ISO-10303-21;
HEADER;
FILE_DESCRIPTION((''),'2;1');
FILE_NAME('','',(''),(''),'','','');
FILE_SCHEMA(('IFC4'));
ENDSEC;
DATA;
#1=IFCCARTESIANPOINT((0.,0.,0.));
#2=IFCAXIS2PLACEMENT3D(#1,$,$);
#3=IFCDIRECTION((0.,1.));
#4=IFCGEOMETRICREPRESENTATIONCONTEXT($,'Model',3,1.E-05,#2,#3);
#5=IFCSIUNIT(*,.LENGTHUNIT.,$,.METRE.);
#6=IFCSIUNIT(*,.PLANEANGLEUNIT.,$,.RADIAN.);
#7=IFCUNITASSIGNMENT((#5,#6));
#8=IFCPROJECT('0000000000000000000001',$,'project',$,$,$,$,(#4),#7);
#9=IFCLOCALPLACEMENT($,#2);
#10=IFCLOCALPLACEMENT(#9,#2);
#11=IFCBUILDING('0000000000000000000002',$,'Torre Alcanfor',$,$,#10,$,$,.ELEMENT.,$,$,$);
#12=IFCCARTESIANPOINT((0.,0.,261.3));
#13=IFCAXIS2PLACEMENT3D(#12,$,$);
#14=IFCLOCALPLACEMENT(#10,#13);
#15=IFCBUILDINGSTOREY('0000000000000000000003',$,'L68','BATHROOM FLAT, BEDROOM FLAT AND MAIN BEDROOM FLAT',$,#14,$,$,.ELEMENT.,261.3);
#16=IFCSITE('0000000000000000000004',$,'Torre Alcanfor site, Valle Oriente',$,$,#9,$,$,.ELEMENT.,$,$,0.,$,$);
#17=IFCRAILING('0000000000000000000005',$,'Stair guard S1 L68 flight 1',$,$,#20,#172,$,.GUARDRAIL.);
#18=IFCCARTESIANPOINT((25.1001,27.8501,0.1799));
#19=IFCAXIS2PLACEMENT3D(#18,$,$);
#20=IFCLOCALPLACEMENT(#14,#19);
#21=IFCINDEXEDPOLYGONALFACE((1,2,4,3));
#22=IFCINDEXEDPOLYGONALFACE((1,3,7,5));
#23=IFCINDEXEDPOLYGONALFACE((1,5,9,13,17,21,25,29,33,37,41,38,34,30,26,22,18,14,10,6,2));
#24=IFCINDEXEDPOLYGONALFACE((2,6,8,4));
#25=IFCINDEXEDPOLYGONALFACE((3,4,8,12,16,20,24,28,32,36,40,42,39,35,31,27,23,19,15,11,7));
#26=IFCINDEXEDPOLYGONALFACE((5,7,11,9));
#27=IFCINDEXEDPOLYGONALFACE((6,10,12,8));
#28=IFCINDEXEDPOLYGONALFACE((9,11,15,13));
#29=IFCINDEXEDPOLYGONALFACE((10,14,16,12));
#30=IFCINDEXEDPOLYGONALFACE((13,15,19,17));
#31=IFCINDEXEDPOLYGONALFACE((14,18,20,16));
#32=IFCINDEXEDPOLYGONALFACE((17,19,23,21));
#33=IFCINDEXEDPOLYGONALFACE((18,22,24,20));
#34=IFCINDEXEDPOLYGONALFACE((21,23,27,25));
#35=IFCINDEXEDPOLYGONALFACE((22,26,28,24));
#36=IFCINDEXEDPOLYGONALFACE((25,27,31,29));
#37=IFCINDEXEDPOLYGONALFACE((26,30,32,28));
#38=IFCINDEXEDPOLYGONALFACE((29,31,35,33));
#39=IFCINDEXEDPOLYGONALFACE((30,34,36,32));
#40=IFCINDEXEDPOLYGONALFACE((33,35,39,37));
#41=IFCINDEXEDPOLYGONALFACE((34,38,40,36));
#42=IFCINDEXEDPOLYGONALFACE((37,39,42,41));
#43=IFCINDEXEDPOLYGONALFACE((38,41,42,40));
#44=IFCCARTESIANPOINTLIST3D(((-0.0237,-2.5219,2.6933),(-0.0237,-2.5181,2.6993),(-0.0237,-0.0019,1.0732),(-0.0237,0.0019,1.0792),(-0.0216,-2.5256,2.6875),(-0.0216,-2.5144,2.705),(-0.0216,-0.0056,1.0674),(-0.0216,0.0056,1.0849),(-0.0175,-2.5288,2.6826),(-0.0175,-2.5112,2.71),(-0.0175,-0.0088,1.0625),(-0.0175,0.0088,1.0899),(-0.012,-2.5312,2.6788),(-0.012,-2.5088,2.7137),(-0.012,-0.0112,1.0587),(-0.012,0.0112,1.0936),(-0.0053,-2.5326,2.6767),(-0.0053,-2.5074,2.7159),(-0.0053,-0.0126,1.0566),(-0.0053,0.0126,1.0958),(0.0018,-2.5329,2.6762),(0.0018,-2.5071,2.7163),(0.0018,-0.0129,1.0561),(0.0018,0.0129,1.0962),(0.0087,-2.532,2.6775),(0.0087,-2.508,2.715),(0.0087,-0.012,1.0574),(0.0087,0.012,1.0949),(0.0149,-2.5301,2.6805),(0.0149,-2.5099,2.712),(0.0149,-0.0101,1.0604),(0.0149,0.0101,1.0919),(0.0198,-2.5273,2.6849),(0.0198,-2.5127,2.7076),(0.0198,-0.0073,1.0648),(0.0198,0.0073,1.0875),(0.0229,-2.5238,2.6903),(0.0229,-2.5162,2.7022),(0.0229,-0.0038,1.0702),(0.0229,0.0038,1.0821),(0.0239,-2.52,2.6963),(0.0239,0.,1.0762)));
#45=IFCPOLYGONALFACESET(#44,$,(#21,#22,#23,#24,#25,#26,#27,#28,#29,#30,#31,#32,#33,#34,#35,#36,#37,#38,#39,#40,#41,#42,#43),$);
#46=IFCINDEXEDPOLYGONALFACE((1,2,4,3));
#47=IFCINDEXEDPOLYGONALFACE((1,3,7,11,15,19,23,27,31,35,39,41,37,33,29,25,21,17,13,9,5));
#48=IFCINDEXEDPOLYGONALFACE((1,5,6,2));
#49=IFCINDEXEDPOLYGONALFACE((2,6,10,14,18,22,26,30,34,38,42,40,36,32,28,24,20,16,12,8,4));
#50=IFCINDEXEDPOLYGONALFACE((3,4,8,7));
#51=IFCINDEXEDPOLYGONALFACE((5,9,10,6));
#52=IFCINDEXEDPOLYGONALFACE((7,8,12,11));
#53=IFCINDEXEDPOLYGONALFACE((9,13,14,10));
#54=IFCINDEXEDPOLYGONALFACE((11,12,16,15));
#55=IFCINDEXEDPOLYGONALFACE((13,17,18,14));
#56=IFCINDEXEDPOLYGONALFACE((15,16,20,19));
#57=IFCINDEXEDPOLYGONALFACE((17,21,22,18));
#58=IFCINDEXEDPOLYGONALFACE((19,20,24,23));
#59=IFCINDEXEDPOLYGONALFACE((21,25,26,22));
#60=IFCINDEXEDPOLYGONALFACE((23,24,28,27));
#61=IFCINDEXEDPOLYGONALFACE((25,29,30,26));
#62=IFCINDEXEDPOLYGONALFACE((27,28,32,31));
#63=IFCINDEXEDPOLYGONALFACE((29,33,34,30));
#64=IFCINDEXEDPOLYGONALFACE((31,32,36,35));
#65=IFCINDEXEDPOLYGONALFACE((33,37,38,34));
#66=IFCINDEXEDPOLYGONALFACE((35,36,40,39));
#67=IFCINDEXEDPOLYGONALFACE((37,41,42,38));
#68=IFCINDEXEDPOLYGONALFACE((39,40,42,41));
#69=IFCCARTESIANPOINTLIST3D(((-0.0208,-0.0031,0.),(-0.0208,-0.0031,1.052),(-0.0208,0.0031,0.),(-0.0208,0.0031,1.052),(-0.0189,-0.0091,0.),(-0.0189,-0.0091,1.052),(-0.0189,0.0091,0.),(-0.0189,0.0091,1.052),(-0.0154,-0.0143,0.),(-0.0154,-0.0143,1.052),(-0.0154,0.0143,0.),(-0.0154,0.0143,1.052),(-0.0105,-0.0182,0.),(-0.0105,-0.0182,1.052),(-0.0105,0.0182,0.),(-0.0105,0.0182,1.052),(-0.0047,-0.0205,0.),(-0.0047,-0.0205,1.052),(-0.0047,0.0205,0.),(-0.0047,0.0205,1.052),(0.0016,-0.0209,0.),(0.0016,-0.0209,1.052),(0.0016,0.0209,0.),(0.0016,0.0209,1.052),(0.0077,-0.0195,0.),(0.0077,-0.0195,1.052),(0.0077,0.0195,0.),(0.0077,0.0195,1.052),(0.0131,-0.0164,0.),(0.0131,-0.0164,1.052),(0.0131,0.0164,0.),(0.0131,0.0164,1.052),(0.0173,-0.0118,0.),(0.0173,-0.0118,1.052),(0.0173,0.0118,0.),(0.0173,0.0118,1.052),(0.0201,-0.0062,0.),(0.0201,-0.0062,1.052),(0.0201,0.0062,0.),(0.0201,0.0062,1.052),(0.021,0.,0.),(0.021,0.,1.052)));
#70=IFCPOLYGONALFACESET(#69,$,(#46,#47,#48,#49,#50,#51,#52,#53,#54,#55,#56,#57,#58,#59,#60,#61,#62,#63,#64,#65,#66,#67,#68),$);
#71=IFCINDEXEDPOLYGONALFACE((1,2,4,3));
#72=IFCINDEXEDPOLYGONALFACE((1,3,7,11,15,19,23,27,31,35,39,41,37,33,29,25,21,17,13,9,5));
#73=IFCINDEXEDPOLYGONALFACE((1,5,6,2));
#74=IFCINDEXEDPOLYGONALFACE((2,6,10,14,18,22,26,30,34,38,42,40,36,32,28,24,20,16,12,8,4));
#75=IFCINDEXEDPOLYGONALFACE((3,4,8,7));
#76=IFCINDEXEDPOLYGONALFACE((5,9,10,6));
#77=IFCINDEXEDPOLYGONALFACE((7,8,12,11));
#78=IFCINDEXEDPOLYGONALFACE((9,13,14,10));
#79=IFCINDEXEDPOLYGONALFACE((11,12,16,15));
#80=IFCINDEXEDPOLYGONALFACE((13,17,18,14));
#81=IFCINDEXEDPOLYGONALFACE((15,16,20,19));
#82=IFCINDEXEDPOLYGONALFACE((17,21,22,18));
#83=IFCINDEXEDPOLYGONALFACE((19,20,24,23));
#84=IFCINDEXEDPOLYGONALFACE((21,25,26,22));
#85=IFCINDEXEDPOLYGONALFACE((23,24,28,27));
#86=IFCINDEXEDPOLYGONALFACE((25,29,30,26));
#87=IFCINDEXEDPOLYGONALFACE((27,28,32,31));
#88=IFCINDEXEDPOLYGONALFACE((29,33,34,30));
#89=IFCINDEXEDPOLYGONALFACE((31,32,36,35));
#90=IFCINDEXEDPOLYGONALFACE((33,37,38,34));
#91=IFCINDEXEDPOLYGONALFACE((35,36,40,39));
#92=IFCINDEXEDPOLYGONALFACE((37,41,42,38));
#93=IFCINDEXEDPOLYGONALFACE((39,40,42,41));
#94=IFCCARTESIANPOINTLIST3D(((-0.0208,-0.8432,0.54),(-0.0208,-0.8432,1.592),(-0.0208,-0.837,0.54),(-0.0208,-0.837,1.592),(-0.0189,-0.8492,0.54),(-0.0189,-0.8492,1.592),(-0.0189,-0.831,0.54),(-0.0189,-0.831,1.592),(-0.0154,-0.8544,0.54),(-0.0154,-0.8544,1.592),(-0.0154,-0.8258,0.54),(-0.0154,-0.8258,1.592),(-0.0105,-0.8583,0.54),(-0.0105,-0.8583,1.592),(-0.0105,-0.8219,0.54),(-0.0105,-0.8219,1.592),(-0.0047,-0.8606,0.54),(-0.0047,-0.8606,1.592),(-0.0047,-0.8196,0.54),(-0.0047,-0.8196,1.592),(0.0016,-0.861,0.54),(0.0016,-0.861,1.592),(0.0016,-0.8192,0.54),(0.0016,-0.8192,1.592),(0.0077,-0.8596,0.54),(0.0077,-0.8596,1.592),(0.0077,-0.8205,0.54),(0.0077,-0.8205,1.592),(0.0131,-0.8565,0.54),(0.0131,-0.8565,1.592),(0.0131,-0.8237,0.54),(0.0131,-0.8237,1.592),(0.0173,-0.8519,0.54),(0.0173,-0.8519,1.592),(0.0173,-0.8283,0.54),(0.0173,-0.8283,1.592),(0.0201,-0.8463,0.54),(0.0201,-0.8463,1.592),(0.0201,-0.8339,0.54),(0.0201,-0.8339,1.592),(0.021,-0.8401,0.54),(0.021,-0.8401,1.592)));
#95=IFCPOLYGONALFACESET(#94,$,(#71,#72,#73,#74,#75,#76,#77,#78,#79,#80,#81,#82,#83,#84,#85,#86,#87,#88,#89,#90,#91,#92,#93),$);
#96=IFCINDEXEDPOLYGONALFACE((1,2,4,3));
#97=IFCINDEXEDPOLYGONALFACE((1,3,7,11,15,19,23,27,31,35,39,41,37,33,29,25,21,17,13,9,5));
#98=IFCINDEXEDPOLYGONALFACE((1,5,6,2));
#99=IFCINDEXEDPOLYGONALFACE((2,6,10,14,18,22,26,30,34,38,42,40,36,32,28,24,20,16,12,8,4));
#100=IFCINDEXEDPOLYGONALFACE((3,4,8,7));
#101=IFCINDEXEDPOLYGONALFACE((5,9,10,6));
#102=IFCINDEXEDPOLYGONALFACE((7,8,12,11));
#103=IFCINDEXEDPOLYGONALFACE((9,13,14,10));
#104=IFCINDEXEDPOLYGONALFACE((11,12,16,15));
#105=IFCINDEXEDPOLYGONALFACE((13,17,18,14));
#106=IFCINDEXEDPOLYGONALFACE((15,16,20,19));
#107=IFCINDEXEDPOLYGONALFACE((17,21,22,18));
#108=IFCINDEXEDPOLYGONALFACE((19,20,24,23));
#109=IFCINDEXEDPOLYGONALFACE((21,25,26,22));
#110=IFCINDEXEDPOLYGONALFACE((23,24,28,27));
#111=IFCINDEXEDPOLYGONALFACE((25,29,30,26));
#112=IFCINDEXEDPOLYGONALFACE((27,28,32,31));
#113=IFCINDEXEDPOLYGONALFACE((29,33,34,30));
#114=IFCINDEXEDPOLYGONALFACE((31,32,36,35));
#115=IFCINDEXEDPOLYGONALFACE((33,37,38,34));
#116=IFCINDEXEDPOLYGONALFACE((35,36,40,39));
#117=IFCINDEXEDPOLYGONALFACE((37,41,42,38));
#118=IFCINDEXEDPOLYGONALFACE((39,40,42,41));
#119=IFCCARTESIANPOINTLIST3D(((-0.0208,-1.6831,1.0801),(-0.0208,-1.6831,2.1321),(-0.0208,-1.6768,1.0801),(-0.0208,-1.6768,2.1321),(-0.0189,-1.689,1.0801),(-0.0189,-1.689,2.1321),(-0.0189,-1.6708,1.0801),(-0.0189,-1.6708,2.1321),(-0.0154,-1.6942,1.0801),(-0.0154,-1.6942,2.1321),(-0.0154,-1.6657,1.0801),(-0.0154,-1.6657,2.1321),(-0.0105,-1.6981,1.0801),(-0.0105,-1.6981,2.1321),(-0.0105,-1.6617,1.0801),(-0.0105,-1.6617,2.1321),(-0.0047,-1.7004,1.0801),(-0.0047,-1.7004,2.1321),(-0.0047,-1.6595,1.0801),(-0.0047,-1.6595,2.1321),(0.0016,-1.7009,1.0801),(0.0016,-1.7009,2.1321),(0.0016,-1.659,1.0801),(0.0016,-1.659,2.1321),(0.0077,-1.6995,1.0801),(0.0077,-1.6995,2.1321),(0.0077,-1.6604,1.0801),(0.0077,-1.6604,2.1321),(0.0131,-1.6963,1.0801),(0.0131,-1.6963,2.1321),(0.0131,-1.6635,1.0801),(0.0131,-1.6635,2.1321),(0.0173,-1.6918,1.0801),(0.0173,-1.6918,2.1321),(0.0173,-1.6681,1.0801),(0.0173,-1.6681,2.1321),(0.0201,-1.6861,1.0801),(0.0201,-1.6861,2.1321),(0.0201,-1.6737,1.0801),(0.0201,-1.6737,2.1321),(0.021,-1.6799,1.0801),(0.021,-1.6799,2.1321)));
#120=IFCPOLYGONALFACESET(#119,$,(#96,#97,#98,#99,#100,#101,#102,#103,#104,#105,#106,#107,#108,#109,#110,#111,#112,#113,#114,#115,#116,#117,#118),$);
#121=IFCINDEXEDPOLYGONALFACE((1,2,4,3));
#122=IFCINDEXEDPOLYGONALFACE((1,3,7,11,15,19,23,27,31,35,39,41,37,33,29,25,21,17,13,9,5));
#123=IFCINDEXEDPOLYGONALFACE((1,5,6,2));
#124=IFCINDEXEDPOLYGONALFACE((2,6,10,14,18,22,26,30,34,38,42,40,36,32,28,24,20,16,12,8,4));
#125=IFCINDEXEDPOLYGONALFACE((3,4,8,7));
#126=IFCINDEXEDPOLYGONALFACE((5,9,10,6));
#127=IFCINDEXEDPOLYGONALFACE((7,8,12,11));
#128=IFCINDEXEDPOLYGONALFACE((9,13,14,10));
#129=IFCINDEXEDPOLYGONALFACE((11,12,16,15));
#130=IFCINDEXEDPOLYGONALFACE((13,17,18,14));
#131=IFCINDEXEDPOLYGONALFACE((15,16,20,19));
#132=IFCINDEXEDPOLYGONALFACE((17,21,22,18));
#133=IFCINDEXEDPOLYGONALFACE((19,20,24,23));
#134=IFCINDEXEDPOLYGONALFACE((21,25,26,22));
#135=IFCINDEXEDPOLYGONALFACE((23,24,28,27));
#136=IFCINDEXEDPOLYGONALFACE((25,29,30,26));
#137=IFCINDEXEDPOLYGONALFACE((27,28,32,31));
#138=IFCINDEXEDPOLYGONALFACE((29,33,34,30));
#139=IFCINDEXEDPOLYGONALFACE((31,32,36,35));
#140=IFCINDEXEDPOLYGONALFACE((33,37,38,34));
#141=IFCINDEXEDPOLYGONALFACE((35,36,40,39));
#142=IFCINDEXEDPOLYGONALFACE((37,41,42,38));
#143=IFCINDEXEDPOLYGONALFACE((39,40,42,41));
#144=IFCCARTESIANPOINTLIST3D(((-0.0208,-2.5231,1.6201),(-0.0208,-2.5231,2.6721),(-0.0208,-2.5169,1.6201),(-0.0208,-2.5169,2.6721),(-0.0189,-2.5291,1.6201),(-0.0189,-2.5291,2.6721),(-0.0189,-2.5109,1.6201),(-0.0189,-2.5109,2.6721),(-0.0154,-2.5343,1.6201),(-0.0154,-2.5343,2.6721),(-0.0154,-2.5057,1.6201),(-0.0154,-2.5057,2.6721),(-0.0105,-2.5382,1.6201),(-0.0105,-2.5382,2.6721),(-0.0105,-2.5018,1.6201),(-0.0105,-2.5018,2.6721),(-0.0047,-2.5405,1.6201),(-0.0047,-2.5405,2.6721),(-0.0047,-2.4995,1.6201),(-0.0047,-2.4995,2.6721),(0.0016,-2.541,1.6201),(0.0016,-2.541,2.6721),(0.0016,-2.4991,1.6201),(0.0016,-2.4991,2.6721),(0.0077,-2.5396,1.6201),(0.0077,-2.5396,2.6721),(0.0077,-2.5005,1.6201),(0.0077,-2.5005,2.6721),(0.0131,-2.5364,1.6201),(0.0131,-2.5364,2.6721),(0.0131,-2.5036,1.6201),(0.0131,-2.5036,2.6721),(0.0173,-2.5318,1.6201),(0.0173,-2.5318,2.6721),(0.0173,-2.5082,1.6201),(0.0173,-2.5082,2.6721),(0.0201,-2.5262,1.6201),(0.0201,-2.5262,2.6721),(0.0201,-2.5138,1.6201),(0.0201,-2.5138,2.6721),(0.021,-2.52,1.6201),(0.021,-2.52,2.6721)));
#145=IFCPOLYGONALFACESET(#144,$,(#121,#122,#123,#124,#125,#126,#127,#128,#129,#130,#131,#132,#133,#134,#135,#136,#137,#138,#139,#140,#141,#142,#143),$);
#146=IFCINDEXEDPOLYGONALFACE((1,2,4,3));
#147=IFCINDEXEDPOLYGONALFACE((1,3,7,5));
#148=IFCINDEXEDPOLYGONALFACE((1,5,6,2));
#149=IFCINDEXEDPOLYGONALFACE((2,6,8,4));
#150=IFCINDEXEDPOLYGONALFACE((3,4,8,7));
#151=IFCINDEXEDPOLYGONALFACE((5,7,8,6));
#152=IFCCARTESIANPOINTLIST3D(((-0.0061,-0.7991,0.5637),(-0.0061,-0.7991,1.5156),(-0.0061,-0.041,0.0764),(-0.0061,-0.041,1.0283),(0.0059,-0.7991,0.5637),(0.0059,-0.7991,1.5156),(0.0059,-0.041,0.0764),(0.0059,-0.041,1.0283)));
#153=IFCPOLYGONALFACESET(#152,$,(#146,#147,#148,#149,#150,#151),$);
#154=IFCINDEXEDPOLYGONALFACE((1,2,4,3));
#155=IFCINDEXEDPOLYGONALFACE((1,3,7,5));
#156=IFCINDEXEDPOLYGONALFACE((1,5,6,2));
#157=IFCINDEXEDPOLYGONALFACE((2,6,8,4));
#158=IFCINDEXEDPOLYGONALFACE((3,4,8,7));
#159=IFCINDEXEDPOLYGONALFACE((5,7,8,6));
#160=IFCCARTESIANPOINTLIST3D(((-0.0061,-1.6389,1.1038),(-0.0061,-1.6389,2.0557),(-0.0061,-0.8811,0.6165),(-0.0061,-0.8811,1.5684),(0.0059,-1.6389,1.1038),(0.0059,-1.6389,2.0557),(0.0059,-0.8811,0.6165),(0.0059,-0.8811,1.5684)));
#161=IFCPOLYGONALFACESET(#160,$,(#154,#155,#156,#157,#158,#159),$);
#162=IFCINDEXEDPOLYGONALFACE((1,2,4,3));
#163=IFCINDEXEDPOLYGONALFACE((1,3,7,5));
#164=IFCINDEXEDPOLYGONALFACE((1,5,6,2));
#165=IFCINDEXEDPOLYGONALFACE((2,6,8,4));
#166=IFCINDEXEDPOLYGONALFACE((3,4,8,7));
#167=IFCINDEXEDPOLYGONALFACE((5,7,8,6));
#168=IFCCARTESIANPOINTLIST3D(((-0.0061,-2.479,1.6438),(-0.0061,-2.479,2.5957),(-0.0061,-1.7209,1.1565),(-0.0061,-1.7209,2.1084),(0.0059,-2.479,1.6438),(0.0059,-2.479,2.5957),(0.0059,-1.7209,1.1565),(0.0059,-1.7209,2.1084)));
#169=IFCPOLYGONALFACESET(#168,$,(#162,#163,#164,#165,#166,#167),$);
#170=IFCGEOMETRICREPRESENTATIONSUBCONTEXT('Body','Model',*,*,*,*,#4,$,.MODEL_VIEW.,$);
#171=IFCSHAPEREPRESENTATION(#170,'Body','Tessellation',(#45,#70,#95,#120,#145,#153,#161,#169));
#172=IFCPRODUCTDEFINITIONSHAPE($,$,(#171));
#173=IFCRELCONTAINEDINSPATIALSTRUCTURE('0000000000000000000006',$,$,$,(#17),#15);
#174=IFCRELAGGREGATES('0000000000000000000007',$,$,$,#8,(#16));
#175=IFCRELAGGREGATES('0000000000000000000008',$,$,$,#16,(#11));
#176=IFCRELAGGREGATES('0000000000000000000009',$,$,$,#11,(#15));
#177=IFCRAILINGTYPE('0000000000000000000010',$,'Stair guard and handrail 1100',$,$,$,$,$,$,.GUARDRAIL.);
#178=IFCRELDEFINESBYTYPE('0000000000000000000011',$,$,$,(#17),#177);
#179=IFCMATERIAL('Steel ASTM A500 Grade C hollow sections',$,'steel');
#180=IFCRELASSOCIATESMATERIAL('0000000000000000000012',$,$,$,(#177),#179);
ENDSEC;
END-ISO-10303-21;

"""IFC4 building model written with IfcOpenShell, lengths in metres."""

from ifc_helpers import new_model, si_unit, direction, frame, origin, origin_2d, place, context, subcontext, project, spatial, polyline, circle, outline, extrude, material, type_object, element, save


model = new_model("IFC4")

# Units and contexts
model_context = context("Model", 3, precision=1e-05, world=origin(), true_north=direction((0.0, 1.0)))
body_context = subcontext(model_context, "Body", "Model", "MODEL_VIEW")
ifc_project = project(units=[si_unit("LENGTHUNIT", "METRE"), si_unit("PLANEANGLEUNIT", "RADIAN")], contexts=[model_context])

# Site, building, storey
site_placement = place(None, origin())
site = spatial("IfcSite", under=ifc_project, at=site_placement, Name="Torre Alcanfor site, Valle Oriente", CompositionType="ELEMENT", RefElevation=0.0)
building_placement = place(site_placement, origin())
building = spatial("IfcBuilding", under=site, at=building_placement, Name="Torre Alcanfor", CompositionType="ELEMENT")
storey_placement = place(building_placement, frame((0.0, 0.0, 261.3)))
storey = spatial("IfcBuildingStorey", under=building, at=storey_placement, Name="L68", Description="BATHROOM FLAT, BEDROOM FLAT AND MAIN BEDROOM FLAT", CompositionType="ELEMENT", Elevation=261.3)

# Railing
ifc_material_1 = material(Name="Steel ASTM A500 Grade C hollow sections", Category="steel")
railing_type_1 = type_object("IfcRailingType", Name="Stair guard and handrail 1100", PredefinedType="GUARDRAIL", material=ifc_material_1)
railing_1_placement = place(storey_placement, frame((25.1001, 27.8501, 0.1799)))
element("IfcRailing", 1, at=railing_1_placement, inside=storey, type_object=railing_type_1, Name="Stair guard S1 L68 flight 1", PredefinedType="GUARDRAIL", context=body_context, shape_type="SweptSolid", body=[
    extrude(circle(Radius=0.0239, at=origin_2d()), frame((0.0, 0.0, 1.0762), z_axis=(0.0, -0.841163, 0.540782), x_axis=(1.0, 0.0, 0.0)), (0.0, 0.0, 1.0), 2.9958),
    extrude(circle(Radius=0.021, at=origin_2d()), origin(), (0.0, 0.0, 1.0), 1.052),
    extrude(circle(Radius=0.021, at=origin_2d()), frame((0.0, -0.8401, 0.54)), (0.0, 0.0, 1.0), 1.052),
    extrude(circle(Radius=0.021, at=origin_2d()), frame((0.0, -1.6799, 1.0801)), (0.0, 0.0, 1.0), 1.052),
    extrude(circle(Radius=0.021, at=origin_2d()), frame((0.0, -2.52, 1.6201)), (0.0, 0.0, 1.0), 1.052),
    extrude(outline(polyline([(0.041, 0.0764), (0.7991, 0.5637), (0.7991, 1.5156), (0.041, 1.0283), (0.041, 0.0764)])), frame((0.0059, 0.0, 0.0), z_axis=(-1.0, 0.0, 0.0), x_axis=(0.0, -1.0, 0.0)), (0.0, 0.0, 1.0), 0.012),
    extrude(outline(polyline([(0.8811, 0.6165), (1.6389, 1.1038), (1.6389, 2.0557), (0.8811, 1.5684), (0.8811, 0.6165)])), frame((0.0059, 0.0, 0.0), z_axis=(-1.0, 0.0, 0.0), x_axis=(0.0, -1.0, 0.0)), (0.0, 0.0, 1.0), 0.012),
    extrude(outline(polyline([(1.7209, 1.1565), (2.479, 1.6438), (2.479, 2.5957), (1.7209, 2.1084), (1.7209, 1.1565)])), frame((0.0059, 0.0, 0.0), z_axis=(-1.0, 0.0, 0.0), x_axis=(0.0, -1.0, 0.0)), (0.0, 0.0, 1.0), 0.012),
])

save(model, "model.ifc")
